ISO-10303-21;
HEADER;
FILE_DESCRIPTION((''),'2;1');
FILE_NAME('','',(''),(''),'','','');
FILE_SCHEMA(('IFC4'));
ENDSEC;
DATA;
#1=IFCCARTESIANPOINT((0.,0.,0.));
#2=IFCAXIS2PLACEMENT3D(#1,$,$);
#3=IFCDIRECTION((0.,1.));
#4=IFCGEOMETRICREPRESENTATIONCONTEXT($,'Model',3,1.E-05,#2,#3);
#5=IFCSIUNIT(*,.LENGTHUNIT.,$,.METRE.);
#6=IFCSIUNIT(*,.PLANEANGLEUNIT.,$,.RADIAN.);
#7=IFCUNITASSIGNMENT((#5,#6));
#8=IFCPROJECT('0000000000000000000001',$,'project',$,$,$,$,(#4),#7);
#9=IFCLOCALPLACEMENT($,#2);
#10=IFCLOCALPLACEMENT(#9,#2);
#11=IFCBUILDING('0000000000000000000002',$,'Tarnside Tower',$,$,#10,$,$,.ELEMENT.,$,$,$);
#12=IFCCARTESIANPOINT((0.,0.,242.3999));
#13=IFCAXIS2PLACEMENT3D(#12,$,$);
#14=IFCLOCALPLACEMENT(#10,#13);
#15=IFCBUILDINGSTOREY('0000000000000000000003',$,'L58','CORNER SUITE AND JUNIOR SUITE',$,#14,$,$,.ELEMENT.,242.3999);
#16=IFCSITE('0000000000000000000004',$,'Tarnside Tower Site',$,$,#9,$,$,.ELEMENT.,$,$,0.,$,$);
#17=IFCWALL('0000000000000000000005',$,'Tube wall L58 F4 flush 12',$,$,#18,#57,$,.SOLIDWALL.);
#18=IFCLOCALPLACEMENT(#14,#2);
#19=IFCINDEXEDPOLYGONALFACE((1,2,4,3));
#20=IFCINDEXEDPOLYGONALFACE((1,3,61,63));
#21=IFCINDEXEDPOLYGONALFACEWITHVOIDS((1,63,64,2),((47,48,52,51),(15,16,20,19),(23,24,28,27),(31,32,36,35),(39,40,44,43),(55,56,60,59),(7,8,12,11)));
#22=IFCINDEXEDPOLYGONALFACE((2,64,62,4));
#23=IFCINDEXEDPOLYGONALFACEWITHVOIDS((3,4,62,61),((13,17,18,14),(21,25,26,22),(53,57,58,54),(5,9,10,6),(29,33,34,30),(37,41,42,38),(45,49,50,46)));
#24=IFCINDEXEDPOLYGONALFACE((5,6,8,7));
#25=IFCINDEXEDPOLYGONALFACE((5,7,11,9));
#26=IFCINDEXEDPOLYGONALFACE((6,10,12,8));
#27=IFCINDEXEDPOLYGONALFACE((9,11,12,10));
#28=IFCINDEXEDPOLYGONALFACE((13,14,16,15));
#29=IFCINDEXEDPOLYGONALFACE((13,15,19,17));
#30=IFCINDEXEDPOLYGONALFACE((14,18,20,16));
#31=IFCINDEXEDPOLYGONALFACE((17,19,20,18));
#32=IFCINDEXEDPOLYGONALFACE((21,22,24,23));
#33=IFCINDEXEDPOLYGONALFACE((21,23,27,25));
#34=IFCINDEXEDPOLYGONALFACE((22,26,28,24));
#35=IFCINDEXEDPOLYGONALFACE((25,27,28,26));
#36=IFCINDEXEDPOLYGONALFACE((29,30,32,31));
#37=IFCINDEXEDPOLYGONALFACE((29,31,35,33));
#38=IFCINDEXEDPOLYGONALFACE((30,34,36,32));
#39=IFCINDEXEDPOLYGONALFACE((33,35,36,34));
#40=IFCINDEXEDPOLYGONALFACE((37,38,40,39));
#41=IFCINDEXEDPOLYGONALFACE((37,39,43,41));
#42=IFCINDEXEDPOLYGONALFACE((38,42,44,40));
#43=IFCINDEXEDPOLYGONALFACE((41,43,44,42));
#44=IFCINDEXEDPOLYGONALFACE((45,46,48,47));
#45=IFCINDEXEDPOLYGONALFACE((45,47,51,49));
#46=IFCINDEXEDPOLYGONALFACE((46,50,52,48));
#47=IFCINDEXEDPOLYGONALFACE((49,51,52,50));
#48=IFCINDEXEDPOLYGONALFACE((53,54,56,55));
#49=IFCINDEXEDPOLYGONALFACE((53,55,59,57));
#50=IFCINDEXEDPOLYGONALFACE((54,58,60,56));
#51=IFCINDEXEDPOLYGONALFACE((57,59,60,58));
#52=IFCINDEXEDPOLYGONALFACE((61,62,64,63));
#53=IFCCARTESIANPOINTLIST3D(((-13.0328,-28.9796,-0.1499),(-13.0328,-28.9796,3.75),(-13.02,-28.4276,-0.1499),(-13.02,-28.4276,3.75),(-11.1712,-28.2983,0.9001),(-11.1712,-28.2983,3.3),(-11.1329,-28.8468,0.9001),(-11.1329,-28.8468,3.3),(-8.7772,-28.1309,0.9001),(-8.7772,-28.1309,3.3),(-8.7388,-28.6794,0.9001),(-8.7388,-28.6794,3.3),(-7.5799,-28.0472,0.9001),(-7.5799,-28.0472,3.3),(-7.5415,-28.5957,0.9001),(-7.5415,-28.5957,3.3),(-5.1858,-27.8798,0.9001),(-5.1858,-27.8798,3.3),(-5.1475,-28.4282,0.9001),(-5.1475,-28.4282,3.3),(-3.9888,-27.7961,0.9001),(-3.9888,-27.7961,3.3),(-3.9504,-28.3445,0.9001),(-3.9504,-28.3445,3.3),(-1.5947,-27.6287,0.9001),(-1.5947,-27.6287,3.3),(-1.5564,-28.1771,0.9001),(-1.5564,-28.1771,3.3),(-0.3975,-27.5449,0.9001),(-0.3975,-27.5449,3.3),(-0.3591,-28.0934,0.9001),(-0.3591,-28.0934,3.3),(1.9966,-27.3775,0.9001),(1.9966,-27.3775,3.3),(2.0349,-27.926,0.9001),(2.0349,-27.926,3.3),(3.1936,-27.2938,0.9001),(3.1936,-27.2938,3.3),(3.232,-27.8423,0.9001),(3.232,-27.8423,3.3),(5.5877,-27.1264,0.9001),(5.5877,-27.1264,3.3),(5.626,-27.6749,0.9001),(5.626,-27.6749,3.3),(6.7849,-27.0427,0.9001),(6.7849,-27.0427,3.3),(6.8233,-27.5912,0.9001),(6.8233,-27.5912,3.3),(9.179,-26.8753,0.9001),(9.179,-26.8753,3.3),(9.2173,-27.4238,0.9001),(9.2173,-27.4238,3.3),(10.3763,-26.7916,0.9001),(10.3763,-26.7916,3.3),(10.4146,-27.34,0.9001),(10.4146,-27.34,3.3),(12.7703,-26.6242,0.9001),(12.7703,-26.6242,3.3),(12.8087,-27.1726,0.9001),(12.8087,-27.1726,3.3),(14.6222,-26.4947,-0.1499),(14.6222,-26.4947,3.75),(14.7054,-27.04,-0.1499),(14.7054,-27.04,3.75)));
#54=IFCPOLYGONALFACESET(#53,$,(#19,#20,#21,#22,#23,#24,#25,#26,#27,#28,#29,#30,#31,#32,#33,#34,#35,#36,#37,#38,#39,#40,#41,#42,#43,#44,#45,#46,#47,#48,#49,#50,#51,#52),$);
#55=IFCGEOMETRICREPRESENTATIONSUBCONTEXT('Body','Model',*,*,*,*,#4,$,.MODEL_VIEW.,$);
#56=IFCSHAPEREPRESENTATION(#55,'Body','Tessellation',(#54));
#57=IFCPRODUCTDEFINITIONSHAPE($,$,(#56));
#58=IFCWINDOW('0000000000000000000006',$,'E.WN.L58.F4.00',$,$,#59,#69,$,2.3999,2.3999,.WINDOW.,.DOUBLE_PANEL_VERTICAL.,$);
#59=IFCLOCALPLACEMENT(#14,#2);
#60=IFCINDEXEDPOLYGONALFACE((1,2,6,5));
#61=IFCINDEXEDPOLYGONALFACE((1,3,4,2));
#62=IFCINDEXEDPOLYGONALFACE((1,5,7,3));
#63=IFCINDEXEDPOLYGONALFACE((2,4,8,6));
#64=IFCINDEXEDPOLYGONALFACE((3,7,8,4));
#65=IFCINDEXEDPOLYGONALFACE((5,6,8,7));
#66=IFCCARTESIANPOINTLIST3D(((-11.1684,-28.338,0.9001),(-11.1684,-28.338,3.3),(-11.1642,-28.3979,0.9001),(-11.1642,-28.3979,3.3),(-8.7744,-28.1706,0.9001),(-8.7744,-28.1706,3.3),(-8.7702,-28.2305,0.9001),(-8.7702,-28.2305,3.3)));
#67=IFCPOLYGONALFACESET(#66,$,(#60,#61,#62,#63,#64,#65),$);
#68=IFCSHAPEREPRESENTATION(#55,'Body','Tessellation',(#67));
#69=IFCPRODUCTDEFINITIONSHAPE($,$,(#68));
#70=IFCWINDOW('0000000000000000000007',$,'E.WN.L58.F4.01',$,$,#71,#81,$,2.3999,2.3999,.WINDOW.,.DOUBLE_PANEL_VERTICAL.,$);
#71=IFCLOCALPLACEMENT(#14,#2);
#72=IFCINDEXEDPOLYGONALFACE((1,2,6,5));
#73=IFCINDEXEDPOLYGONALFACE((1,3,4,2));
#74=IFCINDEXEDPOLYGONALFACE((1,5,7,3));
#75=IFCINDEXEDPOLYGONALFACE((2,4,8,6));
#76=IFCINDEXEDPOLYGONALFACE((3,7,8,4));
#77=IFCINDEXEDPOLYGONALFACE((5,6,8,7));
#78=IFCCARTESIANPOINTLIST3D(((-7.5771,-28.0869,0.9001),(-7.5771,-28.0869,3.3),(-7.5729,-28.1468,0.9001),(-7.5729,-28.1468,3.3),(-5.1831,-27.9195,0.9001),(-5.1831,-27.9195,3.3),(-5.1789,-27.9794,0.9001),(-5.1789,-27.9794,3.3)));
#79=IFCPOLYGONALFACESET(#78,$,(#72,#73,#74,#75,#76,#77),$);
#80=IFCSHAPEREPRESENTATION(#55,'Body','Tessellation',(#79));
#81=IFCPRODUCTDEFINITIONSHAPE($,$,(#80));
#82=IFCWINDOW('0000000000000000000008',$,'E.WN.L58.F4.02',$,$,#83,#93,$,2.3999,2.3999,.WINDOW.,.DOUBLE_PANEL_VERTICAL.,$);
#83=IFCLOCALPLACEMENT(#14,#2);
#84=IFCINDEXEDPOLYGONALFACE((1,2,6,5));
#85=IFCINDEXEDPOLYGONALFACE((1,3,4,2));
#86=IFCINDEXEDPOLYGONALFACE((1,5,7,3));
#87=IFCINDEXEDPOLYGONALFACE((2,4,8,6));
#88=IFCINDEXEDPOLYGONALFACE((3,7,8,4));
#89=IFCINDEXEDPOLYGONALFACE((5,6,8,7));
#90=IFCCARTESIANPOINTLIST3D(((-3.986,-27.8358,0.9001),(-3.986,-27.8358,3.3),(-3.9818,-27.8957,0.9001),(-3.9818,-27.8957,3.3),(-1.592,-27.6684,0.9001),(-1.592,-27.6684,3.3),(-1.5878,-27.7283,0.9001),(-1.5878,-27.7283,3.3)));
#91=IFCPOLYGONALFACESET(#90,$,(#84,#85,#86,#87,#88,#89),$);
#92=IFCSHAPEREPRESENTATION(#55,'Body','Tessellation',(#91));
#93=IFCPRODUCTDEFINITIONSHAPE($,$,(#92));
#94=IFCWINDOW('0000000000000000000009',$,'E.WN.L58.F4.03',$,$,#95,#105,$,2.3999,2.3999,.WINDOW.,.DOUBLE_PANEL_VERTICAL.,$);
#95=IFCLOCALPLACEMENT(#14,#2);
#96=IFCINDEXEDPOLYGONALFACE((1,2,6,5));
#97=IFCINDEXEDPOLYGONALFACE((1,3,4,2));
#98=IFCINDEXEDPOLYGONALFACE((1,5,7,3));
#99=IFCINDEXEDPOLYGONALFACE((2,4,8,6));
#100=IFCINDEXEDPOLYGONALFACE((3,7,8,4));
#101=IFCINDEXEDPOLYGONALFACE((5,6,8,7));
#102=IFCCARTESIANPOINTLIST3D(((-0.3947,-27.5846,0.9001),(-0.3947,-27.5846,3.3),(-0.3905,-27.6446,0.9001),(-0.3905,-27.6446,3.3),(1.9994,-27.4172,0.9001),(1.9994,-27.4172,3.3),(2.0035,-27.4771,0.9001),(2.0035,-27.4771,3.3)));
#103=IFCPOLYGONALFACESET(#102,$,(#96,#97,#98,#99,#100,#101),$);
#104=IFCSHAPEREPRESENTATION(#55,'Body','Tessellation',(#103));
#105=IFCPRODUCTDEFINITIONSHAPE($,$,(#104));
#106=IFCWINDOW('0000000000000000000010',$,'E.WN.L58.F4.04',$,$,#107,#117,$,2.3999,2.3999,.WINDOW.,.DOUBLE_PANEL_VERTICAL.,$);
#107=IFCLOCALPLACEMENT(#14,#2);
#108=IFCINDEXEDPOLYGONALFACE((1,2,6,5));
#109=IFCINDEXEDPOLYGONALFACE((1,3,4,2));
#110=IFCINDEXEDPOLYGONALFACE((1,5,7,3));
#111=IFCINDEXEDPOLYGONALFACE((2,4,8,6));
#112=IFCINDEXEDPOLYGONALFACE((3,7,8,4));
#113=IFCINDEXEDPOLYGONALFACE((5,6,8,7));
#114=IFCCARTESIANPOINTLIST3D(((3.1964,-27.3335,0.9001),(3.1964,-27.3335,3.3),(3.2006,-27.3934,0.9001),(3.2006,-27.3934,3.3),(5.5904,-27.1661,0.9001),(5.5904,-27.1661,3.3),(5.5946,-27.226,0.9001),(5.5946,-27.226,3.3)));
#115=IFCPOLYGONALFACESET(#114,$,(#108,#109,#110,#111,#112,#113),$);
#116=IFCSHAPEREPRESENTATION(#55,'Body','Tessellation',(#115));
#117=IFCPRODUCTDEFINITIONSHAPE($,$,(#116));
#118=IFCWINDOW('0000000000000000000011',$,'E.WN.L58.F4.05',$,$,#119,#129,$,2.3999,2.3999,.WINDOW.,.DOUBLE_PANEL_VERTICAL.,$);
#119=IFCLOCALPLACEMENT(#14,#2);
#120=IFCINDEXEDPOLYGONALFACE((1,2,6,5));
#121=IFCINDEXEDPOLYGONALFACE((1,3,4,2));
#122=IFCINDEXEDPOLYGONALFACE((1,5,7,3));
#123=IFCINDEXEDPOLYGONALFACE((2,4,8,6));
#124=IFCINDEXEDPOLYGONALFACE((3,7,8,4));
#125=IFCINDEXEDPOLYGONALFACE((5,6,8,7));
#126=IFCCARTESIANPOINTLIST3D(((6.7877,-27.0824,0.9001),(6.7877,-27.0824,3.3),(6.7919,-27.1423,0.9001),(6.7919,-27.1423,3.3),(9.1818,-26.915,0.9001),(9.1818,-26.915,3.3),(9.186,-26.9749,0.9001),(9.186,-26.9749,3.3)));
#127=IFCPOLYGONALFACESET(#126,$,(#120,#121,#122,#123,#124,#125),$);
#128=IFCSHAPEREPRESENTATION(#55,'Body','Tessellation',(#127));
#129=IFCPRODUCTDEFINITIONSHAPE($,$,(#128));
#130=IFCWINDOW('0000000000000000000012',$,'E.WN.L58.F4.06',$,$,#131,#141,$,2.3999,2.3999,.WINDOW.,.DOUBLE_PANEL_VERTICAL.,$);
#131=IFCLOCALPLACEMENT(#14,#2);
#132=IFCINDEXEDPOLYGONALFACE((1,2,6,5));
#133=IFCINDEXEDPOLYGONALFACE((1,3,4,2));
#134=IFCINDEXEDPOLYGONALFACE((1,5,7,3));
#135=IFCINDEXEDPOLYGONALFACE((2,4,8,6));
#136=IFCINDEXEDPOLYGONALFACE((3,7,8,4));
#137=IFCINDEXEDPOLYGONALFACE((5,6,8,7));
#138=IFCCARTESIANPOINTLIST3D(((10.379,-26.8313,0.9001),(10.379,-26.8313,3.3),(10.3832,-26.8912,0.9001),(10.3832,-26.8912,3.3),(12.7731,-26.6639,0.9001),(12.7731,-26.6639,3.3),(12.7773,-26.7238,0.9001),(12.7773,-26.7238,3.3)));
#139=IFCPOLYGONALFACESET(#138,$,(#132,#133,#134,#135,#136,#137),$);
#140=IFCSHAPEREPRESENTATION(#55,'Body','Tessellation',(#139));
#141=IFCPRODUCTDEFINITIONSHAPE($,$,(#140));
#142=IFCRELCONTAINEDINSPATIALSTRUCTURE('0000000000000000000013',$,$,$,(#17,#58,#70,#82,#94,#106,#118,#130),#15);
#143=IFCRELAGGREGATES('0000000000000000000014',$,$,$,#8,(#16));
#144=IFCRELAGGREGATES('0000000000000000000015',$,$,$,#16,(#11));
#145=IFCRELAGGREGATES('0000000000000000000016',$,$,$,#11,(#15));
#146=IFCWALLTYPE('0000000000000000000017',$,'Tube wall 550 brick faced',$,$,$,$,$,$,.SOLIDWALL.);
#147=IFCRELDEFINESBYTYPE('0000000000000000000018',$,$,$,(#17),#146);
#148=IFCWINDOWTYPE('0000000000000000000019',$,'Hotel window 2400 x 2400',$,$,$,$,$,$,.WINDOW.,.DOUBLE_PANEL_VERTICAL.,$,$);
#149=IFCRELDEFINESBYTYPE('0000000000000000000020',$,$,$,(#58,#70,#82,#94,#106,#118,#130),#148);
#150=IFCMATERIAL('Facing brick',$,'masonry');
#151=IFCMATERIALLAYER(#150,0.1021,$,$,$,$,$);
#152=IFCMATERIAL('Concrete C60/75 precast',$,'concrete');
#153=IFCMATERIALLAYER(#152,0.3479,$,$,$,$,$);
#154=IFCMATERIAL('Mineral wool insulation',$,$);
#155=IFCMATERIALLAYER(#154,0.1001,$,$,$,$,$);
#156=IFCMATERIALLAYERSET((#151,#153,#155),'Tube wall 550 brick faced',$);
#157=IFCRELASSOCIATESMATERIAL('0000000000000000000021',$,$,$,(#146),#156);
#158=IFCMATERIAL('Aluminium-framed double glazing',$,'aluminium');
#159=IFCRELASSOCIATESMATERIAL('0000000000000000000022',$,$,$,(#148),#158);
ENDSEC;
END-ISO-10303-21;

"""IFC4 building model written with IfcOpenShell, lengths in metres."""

from ifc_helpers import new_model, si_unit, direction, frame, frame_2d, origin, place, context, subcontext, project, spatial, polyline, rectangle, outline, extrude, material, layer, layer_set, type_object, element, fill, save


model = new_model("IFC4")

# Units and contexts
model_context = context("Model", 3, precision=1e-05, world=origin(), true_north=direction((0.0, 1.0)))
body_context = subcontext(model_context, "Body", "Model", "MODEL_VIEW")
ifc_project = project(units=[si_unit("LENGTHUNIT", "METRE"), si_unit("PLANEANGLEUNIT", "RADIAN")], contexts=[model_context])

# Site, building, storey
site_placement = place(None, origin())
site = spatial("IfcSite", under=ifc_project, at=site_placement, Name="Tarnside Tower Site", CompositionType="ELEMENT", RefElevation=0.0)
building_placement = place(site_placement, origin())
building = spatial("IfcBuilding", under=site, at=building_placement, Name="Tarnside Tower", CompositionType="ELEMENT")
storey_placement = place(building_placement, frame((0.0, 0.0, 242.3999)))
storey = spatial("IfcBuildingStorey", under=building, at=storey_placement, Name="L58", Description="CORNER SUITE AND JUNIOR SUITE", CompositionType="ELEMENT", Elevation=242.3999)

# Shared definitions
ifc_material_1 = material(Name="Facing brick", Category="masonry")
ifc_layer_1 = layer(ifc_material_1, 0.1021)
ifc_material_2 = material(Name="Concrete C60/75 precast", Category="concrete")
ifc_layer_2 = layer(ifc_material_2, 0.3479)
ifc_material_3 = material(Name="Mineral wool insulation")
ifc_layer_3 = layer(ifc_material_3, 0.1001)
ifc_layer_set_1 = layer_set([ifc_layer_1, ifc_layer_2, ifc_layer_3], Name="Tube wall 550 brick faced")
wall_type_1 = type_object("IfcWallType", Name="Tube wall 550 brick faced", PredefinedType="SOLIDWALL", material=ifc_layer_set_1)

# Wall, openings, windows
wall_1_placement = place(storey_placement, frame((-13.0264, -28.7036, -0.1499), z_axis=(0.0, 0.0, 1.0), x_axis=(0.997564, 0.069756, 0.0)))
wall_1 = element("IfcWall", 1, at=wall_1_placement, inside=storey, type_object=wall_type_1, Name="Tube wall L58 F4 flush 12", PredefinedType="SOLIDWALL", context=body_context, shape_type="SweptSolid", body=[
    extrude(outline(polyline([(-0.0256, -0.2749), (27.7803, -0.2749), (27.7354, 0.2749), (0.0256, 0.2749), (-0.0256, -0.2749)])), origin(), (0.0, 0.0, 1.0), 3.8999),
])
opening_1_placement = place(wall_1_placement, frame((1.8789, 0.0, 1.05)))
opening_1 = element("IfcOpeningElement", 2, at=opening_1_placement, cuts=wall_1, PredefinedType="OPENING", context=body_context, shape_type="SweptSolid", body=[
    extrude(rectangle(XDim=2.3999, YDim=2.3999, at=frame_2d((1.2, 1.2))), frame((0.0, 0.2852, 0.0), z_axis=(0.0, -1.0, 0.0), x_axis=(1.0, 0.0, 0.0)), (0.0, 0.0, 1.0), 0.5701),
])
opening_2_placement = place(wall_1_placement, frame((5.479, 0.0, 1.05)))
opening_2 = element("IfcOpeningElement", 3, at=opening_2_placement, cuts=wall_1, PredefinedType="OPENING", context=body_context, shape_type="SweptSolid", body=[
    extrude(rectangle(XDim=2.3999, YDim=2.3999, at=frame_2d((1.2, 1.2))), frame((0.0, 0.2852, 0.0), z_axis=(0.0, -1.0, 0.0), x_axis=(1.0, 0.0, 0.0)), (0.0, 0.0, 1.0), 0.5701),
])
opening_3_placement = place(wall_1_placement, frame((9.0789, 0.0, 1.05)))
opening_3 = element("IfcOpeningElement", 4, at=opening_3_placement, cuts=wall_1, PredefinedType="OPENING", context=body_context, shape_type="SweptSolid", body=[
    extrude(rectangle(XDim=2.3999, YDim=2.3999, at=frame_2d((1.2, 1.2))), frame((0.0, 0.2852, 0.0), z_axis=(0.0, -1.0, 0.0), x_axis=(1.0, 0.0, 0.0)), (0.0, 0.0, 1.0), 0.5701),
])
opening_4_placement = place(wall_1_placement, frame((12.679, 0.0, 1.05)))
opening_4 = element("IfcOpeningElement", 5, at=opening_4_placement, cuts=wall_1, PredefinedType="OPENING", context=body_context, shape_type="SweptSolid", body=[
    extrude(rectangle(XDim=2.3999, YDim=2.3999, at=frame_2d((1.2, 1.2))), frame((0.0, 0.2852, 0.0), z_axis=(0.0, -1.0, 0.0), x_axis=(1.0, 0.0, 0.0)), (0.0, 0.0, 1.0), 0.5701),
])
opening_5_placement = place(wall_1_placement, frame((16.2788, 0.0, 1.05)))
opening_5 = element("IfcOpeningElement", 6, at=opening_5_placement, cuts=wall_1, PredefinedType="OPENING", context=body_context, shape_type="SweptSolid", body=[
    extrude(rectangle(XDim=2.3999, YDim=2.3999, at=frame_2d((1.2, 1.2))), frame((0.0, 0.2852, 0.0), z_axis=(0.0, -1.0, 0.0), x_axis=(1.0, 0.0, 0.0)), (0.0, 0.0, 1.0), 0.5701),
])
opening_6_placement = place(wall_1_placement, frame((19.8789, 0.0, 1.05)))
opening_6 = element("IfcOpeningElement", 7, at=opening_6_placement, cuts=wall_1, PredefinedType="OPENING", context=body_context, shape_type="SweptSolid", body=[
    extrude(rectangle(XDim=2.3999, YDim=2.3999, at=frame_2d((1.2, 1.2))), frame((0.0, 0.2852, 0.0), z_axis=(0.0, -1.0, 0.0), x_axis=(1.0, 0.0, 0.0)), (0.0, 0.0, 1.0), 0.5701),
])
opening_7_placement = place(wall_1_placement, frame((23.479, 0.0, 1.05)))
opening_7 = element("IfcOpeningElement", 8, at=opening_7_placement, cuts=wall_1, PredefinedType="OPENING", context=body_context, shape_type="SweptSolid", body=[
    extrude(rectangle(XDim=2.3999, YDim=2.3999, at=frame_2d((1.2, 1.2))), frame((0.0, 0.2852, 0.0), z_axis=(0.0, -1.0, 0.0), x_axis=(1.0, 0.0, 0.0)), (0.0, 0.0, 1.0), 0.5701),
])
ifc_material_4 = material(Name="Aluminium-framed double glazing", Category="aluminium")
window_type = type_object("IfcWindowType", Name="Hotel window 2400 x 2400", PartitioningType="DOUBLE_PANEL_VERTICAL", PredefinedType="WINDOW", material=ifc_material_4)
window_1_placement = place(opening_1_placement, frame((0.0, 0.2051, 0.0)))
window_1 = element("IfcWindow", 9, at=window_1_placement, inside=storey, type_object=window_type, Name="E.WN.L58.F4.00", OverallHeight=2.3999, OverallWidth=2.3999, PartitioningType="DOUBLE_PANEL_VERTICAL", PredefinedType="WINDOW", context=body_context, shape_type="SweptSolid", body=[
    extrude(rectangle(XDim=2.3999, YDim=2.3999, at=frame_2d((1.2, 1.2))), frame((0.0, 0.03, 0.0), z_axis=(0.0, -1.0, 0.0), x_axis=(1.0, 0.0, 0.0)), (0.0, 0.0, 1.0), 0.0601),
])
fill(opening_1, window_1)
window_2_placement = place(opening_2_placement, frame((0.0, 0.2051, 0.0)))
window_2 = element("IfcWindow", 10, at=window_2_placement, inside=storey, type_object=window_type, Name="E.WN.L58.F4.01", OverallHeight=2.3999, OverallWidth=2.3999, PartitioningType="DOUBLE_PANEL_VERTICAL", PredefinedType="WINDOW", context=body_context, shape_type="SweptSolid", body=[
    extrude(rectangle(XDim=2.3999, YDim=2.3999, at=frame_2d((1.2, 1.2))), frame((0.0, 0.03, 0.0), z_axis=(0.0, -1.0, 0.0), x_axis=(1.0, 0.0, 0.0)), (0.0, 0.0, 1.0), 0.0601),
])
fill(opening_2, window_2)
window_3_placement = place(opening_3_placement, frame((0.0, 0.2051, 0.0)))
window_3 = element("IfcWindow", 11, at=window_3_placement, inside=storey, type_object=window_type, Name="E.WN.L58.F4.02", OverallHeight=2.3999, OverallWidth=2.3999, PartitioningType="DOUBLE_PANEL_VERTICAL", PredefinedType="WINDOW", context=body_context, shape_type="SweptSolid", body=[
    extrude(rectangle(XDim=2.3999, YDim=2.3999, at=frame_2d((1.2, 1.2))), frame((0.0, 0.03, 0.0), z_axis=(0.0, -1.0, 0.0), x_axis=(1.0, 0.0, 0.0)), (0.0, 0.0, 1.0), 0.0601),
])
fill(opening_3, window_3)
window_4_placement = place(opening_4_placement, frame((0.0, 0.2051, 0.0)))
window_4 = element("IfcWindow", 12, at=window_4_placement, inside=storey, type_object=window_type, Name="E.WN.L58.F4.03", OverallHeight=2.3999, OverallWidth=2.3999, PartitioningType="DOUBLE_PANEL_VERTICAL", PredefinedType="WINDOW", context=body_context, shape_type="SweptSolid", body=[
    extrude(rectangle(XDim=2.3999, YDim=2.3999, at=frame_2d((1.2, 1.2))), frame((0.0, 0.03, 0.0), z_axis=(0.0, -1.0, 0.0), x_axis=(1.0, 0.0, 0.0)), (0.0, 0.0, 1.0), 0.0601),
])
fill(opening_4, window_4)
window_5_placement = place(opening_5_placement, frame((0.0, 0.2051, 0.0)))
window_5 = element("IfcWindow", 13, at=window_5_placement, inside=storey, type_object=window_type, Name="E.WN.L58.F4.04", OverallHeight=2.3999, OverallWidth=2.3999, PartitioningType="DOUBLE_PANEL_VERTICAL", PredefinedType="WINDOW", context=body_context, shape_type="SweptSolid", body=[
    extrude(rectangle(XDim=2.3999, YDim=2.3999, at=frame_2d((1.2, 1.2))), frame((0.0, 0.03, 0.0), z_axis=(0.0, -1.0, 0.0), x_axis=(1.0, 0.0, 0.0)), (0.0, 0.0, 1.0), 0.0601),
])
fill(opening_5, window_5)
window_6_placement = place(opening_6_placement, frame((0.0, 0.2051, 0.0)))
window_6 = element("IfcWindow", 14, at=window_6_placement, inside=storey, type_object=window_type, Name="E.WN.L58.F4.05", OverallHeight=2.3999, OverallWidth=2.3999, PartitioningType="DOUBLE_PANEL_VERTICAL", PredefinedType="WINDOW", context=body_context, shape_type="SweptSolid", body=[
    extrude(rectangle(XDim=2.3999, YDim=2.3999, at=frame_2d((1.2, 1.2))), frame((0.0, 0.03, 0.0), z_axis=(0.0, -1.0, 0.0), x_axis=(1.0, 0.0, 0.0)), (0.0, 0.0, 1.0), 0.0601),
])
fill(opening_6, window_6)
window_7_placement = place(opening_7_placement, frame((0.0, 0.2051, 0.0)))
window_7 = element("IfcWindow", 15, at=window_7_placement, inside=storey, type_object=window_type, Name="E.WN.L58.F4.06", OverallHeight=2.3999, OverallWidth=2.3999, PartitioningType="DOUBLE_PANEL_VERTICAL", PredefinedType="WINDOW", context=body_context, shape_type="SweptSolid", body=[
    extrude(rectangle(XDim=2.3999, YDim=2.3999, at=frame_2d((1.2, 1.2))), frame((0.0, 0.03, 0.0), z_axis=(0.0, -1.0, 0.0), x_axis=(1.0, 0.0, 0.0)), (0.0, 0.0, 1.0), 0.0601),
])
fill(opening_7, window_7)

save(model, "model.ifc")
